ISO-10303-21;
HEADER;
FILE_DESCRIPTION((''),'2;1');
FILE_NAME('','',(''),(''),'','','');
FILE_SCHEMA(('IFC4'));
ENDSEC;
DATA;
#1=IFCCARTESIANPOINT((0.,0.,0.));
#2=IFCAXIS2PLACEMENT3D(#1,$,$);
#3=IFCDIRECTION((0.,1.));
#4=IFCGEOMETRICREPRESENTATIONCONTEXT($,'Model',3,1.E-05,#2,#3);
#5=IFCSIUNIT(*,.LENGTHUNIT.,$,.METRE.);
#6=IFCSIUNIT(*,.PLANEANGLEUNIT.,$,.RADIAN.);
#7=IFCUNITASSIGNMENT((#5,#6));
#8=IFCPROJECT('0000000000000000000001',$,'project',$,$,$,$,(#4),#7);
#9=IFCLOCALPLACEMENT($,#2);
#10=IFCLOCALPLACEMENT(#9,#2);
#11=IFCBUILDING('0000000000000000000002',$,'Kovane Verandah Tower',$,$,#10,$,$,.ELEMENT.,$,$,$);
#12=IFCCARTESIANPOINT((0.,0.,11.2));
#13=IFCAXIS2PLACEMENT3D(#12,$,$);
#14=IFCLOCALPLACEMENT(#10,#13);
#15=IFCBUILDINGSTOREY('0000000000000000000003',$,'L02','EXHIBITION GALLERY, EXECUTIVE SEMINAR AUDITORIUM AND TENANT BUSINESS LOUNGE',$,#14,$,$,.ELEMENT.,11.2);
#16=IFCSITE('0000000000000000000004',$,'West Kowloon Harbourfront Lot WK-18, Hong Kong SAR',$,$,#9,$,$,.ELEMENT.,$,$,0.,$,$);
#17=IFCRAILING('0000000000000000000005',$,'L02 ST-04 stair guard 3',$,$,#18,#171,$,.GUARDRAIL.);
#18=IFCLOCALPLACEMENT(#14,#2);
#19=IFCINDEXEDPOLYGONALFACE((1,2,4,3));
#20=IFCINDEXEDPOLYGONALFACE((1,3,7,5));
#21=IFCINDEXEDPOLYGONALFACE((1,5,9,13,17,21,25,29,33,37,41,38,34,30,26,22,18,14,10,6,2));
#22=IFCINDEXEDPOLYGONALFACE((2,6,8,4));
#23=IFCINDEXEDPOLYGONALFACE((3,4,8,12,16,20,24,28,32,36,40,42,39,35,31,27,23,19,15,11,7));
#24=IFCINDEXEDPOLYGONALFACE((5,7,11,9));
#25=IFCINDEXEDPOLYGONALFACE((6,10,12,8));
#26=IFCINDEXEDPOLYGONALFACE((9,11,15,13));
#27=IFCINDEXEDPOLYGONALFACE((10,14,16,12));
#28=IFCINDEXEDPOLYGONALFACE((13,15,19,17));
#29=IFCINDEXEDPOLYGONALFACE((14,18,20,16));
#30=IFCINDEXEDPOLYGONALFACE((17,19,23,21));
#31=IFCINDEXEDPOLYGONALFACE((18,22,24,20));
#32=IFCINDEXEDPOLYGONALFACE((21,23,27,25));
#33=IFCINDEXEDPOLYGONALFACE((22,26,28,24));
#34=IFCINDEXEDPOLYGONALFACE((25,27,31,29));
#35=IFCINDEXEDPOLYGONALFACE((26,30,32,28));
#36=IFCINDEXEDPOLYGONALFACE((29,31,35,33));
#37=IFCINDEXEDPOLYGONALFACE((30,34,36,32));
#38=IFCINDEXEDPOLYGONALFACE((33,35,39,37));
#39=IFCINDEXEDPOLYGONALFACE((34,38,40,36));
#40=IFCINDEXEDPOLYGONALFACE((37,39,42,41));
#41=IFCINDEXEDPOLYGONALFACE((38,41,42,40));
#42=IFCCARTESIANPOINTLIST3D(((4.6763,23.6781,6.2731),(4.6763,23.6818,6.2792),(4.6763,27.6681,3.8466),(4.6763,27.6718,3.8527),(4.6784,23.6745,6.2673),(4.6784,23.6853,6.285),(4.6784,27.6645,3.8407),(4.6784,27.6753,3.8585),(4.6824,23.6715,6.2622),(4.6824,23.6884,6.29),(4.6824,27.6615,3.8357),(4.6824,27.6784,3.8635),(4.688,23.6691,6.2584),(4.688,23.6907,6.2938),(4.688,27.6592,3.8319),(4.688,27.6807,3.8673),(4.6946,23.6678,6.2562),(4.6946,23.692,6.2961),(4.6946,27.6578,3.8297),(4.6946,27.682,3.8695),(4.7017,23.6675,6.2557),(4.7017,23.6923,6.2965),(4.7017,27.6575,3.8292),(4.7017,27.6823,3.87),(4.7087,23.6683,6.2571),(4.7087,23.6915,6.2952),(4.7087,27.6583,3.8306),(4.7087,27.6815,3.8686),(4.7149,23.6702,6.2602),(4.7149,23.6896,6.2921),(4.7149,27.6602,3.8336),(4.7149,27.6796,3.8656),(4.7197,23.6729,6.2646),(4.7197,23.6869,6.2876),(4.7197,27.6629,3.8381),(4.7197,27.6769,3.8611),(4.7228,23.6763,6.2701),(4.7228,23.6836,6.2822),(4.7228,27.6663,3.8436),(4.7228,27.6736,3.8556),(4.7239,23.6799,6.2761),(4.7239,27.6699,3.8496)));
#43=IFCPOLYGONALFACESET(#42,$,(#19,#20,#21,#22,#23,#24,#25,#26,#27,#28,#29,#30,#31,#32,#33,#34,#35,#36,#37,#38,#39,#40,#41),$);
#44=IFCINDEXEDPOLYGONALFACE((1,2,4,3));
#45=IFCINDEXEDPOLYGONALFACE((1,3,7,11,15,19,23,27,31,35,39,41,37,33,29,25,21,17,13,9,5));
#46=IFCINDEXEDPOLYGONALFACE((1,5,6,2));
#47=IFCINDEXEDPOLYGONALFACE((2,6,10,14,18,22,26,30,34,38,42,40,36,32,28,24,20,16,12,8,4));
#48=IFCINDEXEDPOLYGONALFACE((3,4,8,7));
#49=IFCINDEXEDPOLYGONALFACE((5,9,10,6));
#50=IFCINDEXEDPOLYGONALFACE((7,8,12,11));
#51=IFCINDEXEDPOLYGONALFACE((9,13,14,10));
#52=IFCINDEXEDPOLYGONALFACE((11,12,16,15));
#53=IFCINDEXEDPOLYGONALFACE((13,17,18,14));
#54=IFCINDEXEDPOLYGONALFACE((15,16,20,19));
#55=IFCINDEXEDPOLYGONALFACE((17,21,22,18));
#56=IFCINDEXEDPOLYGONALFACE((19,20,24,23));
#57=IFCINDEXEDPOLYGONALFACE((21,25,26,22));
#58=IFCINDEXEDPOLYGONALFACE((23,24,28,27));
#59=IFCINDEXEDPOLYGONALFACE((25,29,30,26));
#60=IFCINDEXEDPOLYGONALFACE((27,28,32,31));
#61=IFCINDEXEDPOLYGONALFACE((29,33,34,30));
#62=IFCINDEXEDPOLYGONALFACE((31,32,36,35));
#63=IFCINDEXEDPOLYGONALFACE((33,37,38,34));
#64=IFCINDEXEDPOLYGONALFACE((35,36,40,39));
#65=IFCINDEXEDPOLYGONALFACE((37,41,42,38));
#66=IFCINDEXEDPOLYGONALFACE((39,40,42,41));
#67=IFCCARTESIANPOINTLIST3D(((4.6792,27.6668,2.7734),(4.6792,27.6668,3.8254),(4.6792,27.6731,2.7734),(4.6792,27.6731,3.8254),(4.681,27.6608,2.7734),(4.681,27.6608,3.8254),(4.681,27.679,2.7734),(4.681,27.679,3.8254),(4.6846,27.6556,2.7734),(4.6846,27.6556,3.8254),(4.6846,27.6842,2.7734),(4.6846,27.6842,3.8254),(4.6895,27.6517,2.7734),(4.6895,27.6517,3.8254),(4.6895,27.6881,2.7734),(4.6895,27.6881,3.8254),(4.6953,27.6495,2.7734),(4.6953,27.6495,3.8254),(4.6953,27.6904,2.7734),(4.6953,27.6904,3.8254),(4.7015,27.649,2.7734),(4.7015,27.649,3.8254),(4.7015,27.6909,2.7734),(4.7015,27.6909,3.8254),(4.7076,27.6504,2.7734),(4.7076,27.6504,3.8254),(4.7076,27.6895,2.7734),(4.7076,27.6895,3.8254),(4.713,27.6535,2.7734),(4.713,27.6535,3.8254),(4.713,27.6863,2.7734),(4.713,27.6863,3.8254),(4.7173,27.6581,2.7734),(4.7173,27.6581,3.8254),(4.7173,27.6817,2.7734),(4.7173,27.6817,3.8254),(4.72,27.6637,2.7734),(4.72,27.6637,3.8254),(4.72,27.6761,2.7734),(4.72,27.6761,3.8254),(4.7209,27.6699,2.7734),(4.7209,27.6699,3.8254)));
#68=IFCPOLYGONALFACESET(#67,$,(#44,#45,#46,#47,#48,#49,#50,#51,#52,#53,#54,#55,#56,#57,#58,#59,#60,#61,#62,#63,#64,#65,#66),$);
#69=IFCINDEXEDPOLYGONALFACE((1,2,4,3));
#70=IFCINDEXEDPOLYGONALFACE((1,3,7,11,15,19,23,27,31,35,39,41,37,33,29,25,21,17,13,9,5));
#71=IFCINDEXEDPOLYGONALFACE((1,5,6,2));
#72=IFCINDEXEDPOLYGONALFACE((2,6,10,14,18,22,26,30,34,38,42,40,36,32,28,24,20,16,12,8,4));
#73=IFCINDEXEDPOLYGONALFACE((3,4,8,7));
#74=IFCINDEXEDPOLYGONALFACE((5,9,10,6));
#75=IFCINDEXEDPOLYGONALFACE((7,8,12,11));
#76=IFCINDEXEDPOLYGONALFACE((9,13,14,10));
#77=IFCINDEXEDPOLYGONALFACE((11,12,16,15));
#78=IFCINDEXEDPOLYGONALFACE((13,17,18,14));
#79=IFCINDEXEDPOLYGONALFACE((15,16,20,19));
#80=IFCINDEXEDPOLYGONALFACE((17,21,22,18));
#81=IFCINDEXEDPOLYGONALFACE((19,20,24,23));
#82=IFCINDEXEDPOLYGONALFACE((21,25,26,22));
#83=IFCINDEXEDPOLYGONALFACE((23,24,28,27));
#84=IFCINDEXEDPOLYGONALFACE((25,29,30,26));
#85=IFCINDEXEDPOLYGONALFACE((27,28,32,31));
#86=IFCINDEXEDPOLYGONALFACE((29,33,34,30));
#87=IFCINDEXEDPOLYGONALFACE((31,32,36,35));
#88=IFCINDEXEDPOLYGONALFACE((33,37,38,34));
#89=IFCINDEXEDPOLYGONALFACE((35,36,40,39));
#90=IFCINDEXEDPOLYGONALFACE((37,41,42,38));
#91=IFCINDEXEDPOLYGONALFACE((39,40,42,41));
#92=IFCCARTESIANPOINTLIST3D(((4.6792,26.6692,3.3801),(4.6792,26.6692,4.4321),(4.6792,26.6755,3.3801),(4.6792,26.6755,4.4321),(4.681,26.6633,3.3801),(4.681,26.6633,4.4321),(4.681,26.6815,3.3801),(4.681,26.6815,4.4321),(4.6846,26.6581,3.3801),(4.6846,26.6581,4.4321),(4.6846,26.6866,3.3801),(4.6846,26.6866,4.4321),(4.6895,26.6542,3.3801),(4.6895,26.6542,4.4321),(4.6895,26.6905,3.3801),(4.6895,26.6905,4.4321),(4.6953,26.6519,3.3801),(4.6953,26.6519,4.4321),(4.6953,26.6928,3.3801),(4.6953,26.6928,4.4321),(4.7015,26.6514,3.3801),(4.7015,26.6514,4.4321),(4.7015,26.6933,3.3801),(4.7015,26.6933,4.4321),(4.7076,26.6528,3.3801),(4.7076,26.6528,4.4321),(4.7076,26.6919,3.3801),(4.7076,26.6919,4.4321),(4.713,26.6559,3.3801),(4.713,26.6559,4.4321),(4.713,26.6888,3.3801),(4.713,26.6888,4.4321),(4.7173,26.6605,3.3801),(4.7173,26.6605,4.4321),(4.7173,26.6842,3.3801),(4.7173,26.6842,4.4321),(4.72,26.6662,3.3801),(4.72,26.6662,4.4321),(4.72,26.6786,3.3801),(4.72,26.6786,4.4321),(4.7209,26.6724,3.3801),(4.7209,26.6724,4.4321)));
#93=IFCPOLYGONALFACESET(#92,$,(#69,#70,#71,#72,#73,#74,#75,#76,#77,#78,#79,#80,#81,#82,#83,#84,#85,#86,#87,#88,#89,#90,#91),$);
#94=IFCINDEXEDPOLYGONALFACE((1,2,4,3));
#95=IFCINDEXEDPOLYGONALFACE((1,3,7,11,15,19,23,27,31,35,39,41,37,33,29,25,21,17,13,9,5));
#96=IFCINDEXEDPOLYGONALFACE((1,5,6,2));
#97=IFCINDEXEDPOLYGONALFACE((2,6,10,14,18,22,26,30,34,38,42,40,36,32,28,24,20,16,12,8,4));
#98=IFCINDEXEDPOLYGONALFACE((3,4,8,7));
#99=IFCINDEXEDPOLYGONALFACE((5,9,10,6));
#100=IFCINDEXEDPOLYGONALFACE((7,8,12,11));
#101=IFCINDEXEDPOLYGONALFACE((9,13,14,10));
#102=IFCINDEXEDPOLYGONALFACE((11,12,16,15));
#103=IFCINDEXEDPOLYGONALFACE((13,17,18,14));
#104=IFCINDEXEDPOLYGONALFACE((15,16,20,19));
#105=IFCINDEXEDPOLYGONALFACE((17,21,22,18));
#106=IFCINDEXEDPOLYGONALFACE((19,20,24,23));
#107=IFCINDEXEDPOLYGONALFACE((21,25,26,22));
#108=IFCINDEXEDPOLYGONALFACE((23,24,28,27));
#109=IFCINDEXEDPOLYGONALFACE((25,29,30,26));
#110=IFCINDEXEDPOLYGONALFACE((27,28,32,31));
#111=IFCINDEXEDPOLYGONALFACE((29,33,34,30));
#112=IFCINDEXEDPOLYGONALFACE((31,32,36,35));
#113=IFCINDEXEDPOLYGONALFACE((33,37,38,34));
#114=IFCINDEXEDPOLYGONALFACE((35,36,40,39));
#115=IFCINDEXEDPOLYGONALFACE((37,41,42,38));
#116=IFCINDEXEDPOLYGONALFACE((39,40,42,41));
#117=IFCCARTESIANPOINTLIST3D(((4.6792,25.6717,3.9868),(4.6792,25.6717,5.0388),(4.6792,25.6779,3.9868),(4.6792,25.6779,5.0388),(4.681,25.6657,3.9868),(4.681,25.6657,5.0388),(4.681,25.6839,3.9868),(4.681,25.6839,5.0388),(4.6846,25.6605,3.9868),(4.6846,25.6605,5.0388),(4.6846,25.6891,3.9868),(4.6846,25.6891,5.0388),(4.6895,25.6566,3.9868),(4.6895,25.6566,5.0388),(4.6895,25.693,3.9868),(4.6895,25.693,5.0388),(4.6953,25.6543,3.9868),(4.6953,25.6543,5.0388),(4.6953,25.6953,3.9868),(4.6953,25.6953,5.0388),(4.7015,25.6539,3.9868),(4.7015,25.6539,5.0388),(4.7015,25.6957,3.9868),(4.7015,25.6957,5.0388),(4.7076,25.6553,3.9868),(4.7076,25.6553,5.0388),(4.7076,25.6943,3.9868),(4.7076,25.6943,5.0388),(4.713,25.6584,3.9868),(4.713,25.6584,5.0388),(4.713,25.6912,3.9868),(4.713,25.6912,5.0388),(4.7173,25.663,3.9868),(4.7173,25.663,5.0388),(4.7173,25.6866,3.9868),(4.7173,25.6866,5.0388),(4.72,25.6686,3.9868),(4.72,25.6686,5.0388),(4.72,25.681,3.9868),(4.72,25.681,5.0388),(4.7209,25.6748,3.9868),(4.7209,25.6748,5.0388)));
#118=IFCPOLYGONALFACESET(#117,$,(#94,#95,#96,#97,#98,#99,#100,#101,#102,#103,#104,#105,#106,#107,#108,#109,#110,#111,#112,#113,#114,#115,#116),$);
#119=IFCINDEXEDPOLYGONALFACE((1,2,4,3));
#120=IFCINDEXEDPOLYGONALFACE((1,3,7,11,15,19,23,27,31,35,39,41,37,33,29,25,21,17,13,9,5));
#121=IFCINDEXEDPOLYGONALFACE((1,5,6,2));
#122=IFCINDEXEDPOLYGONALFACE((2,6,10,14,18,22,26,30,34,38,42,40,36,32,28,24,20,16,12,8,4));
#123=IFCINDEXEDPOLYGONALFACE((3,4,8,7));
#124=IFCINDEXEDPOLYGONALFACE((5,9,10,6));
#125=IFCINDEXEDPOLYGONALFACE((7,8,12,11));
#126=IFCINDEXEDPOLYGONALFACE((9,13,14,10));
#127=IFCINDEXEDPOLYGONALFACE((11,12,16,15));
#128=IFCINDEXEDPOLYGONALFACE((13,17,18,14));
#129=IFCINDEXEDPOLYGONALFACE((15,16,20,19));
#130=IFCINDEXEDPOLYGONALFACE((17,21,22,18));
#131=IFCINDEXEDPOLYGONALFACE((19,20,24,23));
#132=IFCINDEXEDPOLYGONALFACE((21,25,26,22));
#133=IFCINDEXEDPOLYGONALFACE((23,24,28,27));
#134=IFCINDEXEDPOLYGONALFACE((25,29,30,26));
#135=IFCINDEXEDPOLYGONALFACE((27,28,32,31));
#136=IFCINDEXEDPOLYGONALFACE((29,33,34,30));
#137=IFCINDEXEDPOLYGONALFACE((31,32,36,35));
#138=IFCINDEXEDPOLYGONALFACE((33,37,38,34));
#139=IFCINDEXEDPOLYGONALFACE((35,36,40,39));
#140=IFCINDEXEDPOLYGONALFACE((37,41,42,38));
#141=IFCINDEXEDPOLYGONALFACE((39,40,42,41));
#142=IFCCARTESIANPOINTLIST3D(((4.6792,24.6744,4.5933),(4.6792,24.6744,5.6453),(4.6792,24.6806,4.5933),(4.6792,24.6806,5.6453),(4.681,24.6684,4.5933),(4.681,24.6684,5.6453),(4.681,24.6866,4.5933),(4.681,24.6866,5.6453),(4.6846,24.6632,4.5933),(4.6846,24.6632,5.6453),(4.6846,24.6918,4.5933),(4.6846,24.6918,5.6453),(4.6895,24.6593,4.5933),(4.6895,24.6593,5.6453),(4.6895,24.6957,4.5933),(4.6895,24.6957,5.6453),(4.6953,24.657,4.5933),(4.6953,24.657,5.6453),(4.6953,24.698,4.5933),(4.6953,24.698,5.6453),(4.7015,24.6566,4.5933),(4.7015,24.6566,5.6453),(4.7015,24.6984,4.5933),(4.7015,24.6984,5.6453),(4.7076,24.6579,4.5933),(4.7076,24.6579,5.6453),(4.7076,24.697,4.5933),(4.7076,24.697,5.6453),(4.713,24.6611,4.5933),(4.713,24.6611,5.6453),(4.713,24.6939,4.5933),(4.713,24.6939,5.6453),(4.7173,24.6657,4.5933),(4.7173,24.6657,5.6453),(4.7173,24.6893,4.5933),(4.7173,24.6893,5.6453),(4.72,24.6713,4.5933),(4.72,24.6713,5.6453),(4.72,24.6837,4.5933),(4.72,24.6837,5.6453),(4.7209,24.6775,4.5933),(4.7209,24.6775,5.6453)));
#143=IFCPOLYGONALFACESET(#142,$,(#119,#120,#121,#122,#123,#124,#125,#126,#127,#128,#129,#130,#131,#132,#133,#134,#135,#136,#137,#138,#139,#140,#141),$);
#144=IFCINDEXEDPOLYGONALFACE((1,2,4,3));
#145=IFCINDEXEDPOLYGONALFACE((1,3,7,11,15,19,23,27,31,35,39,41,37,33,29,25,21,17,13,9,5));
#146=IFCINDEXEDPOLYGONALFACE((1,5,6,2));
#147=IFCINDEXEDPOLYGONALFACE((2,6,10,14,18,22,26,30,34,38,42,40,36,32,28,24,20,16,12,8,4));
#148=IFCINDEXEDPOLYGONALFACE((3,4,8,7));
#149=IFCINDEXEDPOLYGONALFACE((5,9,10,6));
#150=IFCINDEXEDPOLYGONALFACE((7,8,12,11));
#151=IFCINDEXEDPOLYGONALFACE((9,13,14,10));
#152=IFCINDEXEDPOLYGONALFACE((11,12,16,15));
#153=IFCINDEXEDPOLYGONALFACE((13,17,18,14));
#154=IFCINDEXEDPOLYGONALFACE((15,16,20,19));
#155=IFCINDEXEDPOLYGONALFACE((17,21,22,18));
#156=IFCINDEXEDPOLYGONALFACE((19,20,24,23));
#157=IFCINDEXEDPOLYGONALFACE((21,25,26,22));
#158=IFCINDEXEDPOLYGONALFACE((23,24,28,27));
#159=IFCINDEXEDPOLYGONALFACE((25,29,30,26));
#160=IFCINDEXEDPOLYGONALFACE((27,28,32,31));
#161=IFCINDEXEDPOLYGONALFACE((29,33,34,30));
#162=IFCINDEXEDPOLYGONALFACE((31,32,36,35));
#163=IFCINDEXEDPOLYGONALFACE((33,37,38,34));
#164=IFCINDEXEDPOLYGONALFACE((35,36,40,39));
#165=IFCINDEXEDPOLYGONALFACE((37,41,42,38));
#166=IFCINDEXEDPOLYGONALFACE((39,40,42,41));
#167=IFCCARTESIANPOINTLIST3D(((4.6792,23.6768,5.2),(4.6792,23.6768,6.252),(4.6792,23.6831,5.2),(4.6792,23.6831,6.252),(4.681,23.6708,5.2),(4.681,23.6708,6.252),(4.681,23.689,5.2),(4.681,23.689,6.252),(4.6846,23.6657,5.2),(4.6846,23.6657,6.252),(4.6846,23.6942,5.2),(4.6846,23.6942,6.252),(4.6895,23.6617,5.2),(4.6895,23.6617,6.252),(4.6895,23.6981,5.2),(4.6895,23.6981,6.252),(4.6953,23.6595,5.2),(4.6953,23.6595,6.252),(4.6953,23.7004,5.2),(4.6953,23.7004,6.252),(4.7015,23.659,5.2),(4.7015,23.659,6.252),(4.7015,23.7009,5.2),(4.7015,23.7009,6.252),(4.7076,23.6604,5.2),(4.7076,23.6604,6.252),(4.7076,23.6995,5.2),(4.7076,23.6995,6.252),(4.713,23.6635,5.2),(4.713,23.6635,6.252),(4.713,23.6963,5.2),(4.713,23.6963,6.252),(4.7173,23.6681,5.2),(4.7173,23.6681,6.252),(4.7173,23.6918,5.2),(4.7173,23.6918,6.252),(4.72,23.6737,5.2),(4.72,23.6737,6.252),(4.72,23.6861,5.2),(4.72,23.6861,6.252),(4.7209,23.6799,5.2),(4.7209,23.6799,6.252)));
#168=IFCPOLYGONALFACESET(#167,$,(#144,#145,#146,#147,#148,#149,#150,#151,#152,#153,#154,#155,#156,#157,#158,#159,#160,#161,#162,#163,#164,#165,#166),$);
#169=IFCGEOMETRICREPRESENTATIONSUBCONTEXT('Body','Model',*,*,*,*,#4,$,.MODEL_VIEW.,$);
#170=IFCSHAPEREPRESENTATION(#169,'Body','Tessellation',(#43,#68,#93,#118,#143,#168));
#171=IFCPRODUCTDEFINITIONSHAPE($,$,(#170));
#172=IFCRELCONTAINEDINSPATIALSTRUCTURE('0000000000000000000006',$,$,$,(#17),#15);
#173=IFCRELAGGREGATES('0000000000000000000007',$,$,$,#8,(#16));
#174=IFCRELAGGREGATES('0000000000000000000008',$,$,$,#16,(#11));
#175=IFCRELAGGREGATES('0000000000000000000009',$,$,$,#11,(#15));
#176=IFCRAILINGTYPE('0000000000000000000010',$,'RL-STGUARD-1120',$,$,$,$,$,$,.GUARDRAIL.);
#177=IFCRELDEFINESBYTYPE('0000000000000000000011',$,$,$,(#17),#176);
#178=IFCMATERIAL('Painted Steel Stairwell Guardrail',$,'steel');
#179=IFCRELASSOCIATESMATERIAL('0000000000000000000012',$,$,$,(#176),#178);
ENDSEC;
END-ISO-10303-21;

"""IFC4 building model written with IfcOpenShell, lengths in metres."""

from ifc_helpers import new_model, si_unit, direction, frame, origin, origin_2d, place, context, subcontext, project, spatial, circle, extrude, material, type_object, element, save


model = new_model("IFC4")

# Units and contexts
model_context = context("Model", 3, precision=1e-05, world=origin(), true_north=direction((0.0, 1.0)))
body_context = subcontext(model_context, "Body", "Model", "MODEL_VIEW")
ifc_project = project(units=[si_unit("LENGTHUNIT", "METRE"), si_unit("PLANEANGLEUNIT", "RADIAN")], contexts=[model_context])

# Site, building, storey
site_placement = place(None, origin())
site = spatial("IfcSite", under=ifc_project, at=site_placement, Name="West Kowloon Harbourfront Lot WK-18, Hong Kong SAR", CompositionType="ELEMENT", RefElevation=0.0)
building_placement = place(site_placement, origin())
building = spatial("IfcBuilding", under=site, at=building_placement, Name="Kovane Verandah Tower", CompositionType="ELEMENT")
storey_placement = place(building_placement, frame((0.0, 0.0, 11.2)))
storey = spatial("IfcBuildingStorey", under=building, at=storey_placement, Name="L02", Description="EXHIBITION GALLERY, EXECUTIVE SEMINAR AUDITORIUM AND TENANT BUSINESS LOUNGE", CompositionType="ELEMENT", Elevation=11.2)

# Railing
ifc_material_1 = material(Name="Painted Steel Stairwell Guardrail", Category="steel")
railing_type_1 = type_object("IfcRailingType", Name="RL-STGUARD-1120", PredefinedType="GUARDRAIL", material=ifc_material_1)
railing_1_placement = place(storey_placement, frame((4.7, 27.6699, 2.7734)))
element("IfcRailing", 1, at=railing_1_placement, inside=storey, type_object=railing_type_1, Name="L02 ST-04 stair guard 3", PredefinedType="GUARDRAIL", context=body_context, shape_type="SweptSolid", body=[
    extrude(circle(Radius=0.0239, at=origin_2d()), frame((0.0, 0.0, 1.0762), z_axis=(0.0, -0.854405, 0.519607), x_axis=(1.0, 0.0, 0.0)), (0.0, 0.0, 1.0), 4.6699),
    extrude(circle(Radius=0.021, at=origin_2d()), origin(), (0.0, 0.0, 1.0), 1.052),
    extrude(circle(Radius=0.021, at=origin_2d()), frame((0.0, -0.9976, 0.6067)), (0.0, 0.0, 1.0), 1.052),
    extrude(circle(Radius=0.021, at=origin_2d()), frame((0.0, -1.9951, 1.2134)), (0.0, 0.0, 1.0), 1.052),
    extrude(circle(Radius=0.021, at=origin_2d()), frame((0.0, -2.9924, 1.8198)), (0.0, 0.0, 1.0), 1.052),
    extrude(circle(Radius=0.021, at=origin_2d()), frame((0.0, -3.99, 2.4265)), (0.0, 0.0, 1.0), 1.052),
])

save(model, "model.ifc")
